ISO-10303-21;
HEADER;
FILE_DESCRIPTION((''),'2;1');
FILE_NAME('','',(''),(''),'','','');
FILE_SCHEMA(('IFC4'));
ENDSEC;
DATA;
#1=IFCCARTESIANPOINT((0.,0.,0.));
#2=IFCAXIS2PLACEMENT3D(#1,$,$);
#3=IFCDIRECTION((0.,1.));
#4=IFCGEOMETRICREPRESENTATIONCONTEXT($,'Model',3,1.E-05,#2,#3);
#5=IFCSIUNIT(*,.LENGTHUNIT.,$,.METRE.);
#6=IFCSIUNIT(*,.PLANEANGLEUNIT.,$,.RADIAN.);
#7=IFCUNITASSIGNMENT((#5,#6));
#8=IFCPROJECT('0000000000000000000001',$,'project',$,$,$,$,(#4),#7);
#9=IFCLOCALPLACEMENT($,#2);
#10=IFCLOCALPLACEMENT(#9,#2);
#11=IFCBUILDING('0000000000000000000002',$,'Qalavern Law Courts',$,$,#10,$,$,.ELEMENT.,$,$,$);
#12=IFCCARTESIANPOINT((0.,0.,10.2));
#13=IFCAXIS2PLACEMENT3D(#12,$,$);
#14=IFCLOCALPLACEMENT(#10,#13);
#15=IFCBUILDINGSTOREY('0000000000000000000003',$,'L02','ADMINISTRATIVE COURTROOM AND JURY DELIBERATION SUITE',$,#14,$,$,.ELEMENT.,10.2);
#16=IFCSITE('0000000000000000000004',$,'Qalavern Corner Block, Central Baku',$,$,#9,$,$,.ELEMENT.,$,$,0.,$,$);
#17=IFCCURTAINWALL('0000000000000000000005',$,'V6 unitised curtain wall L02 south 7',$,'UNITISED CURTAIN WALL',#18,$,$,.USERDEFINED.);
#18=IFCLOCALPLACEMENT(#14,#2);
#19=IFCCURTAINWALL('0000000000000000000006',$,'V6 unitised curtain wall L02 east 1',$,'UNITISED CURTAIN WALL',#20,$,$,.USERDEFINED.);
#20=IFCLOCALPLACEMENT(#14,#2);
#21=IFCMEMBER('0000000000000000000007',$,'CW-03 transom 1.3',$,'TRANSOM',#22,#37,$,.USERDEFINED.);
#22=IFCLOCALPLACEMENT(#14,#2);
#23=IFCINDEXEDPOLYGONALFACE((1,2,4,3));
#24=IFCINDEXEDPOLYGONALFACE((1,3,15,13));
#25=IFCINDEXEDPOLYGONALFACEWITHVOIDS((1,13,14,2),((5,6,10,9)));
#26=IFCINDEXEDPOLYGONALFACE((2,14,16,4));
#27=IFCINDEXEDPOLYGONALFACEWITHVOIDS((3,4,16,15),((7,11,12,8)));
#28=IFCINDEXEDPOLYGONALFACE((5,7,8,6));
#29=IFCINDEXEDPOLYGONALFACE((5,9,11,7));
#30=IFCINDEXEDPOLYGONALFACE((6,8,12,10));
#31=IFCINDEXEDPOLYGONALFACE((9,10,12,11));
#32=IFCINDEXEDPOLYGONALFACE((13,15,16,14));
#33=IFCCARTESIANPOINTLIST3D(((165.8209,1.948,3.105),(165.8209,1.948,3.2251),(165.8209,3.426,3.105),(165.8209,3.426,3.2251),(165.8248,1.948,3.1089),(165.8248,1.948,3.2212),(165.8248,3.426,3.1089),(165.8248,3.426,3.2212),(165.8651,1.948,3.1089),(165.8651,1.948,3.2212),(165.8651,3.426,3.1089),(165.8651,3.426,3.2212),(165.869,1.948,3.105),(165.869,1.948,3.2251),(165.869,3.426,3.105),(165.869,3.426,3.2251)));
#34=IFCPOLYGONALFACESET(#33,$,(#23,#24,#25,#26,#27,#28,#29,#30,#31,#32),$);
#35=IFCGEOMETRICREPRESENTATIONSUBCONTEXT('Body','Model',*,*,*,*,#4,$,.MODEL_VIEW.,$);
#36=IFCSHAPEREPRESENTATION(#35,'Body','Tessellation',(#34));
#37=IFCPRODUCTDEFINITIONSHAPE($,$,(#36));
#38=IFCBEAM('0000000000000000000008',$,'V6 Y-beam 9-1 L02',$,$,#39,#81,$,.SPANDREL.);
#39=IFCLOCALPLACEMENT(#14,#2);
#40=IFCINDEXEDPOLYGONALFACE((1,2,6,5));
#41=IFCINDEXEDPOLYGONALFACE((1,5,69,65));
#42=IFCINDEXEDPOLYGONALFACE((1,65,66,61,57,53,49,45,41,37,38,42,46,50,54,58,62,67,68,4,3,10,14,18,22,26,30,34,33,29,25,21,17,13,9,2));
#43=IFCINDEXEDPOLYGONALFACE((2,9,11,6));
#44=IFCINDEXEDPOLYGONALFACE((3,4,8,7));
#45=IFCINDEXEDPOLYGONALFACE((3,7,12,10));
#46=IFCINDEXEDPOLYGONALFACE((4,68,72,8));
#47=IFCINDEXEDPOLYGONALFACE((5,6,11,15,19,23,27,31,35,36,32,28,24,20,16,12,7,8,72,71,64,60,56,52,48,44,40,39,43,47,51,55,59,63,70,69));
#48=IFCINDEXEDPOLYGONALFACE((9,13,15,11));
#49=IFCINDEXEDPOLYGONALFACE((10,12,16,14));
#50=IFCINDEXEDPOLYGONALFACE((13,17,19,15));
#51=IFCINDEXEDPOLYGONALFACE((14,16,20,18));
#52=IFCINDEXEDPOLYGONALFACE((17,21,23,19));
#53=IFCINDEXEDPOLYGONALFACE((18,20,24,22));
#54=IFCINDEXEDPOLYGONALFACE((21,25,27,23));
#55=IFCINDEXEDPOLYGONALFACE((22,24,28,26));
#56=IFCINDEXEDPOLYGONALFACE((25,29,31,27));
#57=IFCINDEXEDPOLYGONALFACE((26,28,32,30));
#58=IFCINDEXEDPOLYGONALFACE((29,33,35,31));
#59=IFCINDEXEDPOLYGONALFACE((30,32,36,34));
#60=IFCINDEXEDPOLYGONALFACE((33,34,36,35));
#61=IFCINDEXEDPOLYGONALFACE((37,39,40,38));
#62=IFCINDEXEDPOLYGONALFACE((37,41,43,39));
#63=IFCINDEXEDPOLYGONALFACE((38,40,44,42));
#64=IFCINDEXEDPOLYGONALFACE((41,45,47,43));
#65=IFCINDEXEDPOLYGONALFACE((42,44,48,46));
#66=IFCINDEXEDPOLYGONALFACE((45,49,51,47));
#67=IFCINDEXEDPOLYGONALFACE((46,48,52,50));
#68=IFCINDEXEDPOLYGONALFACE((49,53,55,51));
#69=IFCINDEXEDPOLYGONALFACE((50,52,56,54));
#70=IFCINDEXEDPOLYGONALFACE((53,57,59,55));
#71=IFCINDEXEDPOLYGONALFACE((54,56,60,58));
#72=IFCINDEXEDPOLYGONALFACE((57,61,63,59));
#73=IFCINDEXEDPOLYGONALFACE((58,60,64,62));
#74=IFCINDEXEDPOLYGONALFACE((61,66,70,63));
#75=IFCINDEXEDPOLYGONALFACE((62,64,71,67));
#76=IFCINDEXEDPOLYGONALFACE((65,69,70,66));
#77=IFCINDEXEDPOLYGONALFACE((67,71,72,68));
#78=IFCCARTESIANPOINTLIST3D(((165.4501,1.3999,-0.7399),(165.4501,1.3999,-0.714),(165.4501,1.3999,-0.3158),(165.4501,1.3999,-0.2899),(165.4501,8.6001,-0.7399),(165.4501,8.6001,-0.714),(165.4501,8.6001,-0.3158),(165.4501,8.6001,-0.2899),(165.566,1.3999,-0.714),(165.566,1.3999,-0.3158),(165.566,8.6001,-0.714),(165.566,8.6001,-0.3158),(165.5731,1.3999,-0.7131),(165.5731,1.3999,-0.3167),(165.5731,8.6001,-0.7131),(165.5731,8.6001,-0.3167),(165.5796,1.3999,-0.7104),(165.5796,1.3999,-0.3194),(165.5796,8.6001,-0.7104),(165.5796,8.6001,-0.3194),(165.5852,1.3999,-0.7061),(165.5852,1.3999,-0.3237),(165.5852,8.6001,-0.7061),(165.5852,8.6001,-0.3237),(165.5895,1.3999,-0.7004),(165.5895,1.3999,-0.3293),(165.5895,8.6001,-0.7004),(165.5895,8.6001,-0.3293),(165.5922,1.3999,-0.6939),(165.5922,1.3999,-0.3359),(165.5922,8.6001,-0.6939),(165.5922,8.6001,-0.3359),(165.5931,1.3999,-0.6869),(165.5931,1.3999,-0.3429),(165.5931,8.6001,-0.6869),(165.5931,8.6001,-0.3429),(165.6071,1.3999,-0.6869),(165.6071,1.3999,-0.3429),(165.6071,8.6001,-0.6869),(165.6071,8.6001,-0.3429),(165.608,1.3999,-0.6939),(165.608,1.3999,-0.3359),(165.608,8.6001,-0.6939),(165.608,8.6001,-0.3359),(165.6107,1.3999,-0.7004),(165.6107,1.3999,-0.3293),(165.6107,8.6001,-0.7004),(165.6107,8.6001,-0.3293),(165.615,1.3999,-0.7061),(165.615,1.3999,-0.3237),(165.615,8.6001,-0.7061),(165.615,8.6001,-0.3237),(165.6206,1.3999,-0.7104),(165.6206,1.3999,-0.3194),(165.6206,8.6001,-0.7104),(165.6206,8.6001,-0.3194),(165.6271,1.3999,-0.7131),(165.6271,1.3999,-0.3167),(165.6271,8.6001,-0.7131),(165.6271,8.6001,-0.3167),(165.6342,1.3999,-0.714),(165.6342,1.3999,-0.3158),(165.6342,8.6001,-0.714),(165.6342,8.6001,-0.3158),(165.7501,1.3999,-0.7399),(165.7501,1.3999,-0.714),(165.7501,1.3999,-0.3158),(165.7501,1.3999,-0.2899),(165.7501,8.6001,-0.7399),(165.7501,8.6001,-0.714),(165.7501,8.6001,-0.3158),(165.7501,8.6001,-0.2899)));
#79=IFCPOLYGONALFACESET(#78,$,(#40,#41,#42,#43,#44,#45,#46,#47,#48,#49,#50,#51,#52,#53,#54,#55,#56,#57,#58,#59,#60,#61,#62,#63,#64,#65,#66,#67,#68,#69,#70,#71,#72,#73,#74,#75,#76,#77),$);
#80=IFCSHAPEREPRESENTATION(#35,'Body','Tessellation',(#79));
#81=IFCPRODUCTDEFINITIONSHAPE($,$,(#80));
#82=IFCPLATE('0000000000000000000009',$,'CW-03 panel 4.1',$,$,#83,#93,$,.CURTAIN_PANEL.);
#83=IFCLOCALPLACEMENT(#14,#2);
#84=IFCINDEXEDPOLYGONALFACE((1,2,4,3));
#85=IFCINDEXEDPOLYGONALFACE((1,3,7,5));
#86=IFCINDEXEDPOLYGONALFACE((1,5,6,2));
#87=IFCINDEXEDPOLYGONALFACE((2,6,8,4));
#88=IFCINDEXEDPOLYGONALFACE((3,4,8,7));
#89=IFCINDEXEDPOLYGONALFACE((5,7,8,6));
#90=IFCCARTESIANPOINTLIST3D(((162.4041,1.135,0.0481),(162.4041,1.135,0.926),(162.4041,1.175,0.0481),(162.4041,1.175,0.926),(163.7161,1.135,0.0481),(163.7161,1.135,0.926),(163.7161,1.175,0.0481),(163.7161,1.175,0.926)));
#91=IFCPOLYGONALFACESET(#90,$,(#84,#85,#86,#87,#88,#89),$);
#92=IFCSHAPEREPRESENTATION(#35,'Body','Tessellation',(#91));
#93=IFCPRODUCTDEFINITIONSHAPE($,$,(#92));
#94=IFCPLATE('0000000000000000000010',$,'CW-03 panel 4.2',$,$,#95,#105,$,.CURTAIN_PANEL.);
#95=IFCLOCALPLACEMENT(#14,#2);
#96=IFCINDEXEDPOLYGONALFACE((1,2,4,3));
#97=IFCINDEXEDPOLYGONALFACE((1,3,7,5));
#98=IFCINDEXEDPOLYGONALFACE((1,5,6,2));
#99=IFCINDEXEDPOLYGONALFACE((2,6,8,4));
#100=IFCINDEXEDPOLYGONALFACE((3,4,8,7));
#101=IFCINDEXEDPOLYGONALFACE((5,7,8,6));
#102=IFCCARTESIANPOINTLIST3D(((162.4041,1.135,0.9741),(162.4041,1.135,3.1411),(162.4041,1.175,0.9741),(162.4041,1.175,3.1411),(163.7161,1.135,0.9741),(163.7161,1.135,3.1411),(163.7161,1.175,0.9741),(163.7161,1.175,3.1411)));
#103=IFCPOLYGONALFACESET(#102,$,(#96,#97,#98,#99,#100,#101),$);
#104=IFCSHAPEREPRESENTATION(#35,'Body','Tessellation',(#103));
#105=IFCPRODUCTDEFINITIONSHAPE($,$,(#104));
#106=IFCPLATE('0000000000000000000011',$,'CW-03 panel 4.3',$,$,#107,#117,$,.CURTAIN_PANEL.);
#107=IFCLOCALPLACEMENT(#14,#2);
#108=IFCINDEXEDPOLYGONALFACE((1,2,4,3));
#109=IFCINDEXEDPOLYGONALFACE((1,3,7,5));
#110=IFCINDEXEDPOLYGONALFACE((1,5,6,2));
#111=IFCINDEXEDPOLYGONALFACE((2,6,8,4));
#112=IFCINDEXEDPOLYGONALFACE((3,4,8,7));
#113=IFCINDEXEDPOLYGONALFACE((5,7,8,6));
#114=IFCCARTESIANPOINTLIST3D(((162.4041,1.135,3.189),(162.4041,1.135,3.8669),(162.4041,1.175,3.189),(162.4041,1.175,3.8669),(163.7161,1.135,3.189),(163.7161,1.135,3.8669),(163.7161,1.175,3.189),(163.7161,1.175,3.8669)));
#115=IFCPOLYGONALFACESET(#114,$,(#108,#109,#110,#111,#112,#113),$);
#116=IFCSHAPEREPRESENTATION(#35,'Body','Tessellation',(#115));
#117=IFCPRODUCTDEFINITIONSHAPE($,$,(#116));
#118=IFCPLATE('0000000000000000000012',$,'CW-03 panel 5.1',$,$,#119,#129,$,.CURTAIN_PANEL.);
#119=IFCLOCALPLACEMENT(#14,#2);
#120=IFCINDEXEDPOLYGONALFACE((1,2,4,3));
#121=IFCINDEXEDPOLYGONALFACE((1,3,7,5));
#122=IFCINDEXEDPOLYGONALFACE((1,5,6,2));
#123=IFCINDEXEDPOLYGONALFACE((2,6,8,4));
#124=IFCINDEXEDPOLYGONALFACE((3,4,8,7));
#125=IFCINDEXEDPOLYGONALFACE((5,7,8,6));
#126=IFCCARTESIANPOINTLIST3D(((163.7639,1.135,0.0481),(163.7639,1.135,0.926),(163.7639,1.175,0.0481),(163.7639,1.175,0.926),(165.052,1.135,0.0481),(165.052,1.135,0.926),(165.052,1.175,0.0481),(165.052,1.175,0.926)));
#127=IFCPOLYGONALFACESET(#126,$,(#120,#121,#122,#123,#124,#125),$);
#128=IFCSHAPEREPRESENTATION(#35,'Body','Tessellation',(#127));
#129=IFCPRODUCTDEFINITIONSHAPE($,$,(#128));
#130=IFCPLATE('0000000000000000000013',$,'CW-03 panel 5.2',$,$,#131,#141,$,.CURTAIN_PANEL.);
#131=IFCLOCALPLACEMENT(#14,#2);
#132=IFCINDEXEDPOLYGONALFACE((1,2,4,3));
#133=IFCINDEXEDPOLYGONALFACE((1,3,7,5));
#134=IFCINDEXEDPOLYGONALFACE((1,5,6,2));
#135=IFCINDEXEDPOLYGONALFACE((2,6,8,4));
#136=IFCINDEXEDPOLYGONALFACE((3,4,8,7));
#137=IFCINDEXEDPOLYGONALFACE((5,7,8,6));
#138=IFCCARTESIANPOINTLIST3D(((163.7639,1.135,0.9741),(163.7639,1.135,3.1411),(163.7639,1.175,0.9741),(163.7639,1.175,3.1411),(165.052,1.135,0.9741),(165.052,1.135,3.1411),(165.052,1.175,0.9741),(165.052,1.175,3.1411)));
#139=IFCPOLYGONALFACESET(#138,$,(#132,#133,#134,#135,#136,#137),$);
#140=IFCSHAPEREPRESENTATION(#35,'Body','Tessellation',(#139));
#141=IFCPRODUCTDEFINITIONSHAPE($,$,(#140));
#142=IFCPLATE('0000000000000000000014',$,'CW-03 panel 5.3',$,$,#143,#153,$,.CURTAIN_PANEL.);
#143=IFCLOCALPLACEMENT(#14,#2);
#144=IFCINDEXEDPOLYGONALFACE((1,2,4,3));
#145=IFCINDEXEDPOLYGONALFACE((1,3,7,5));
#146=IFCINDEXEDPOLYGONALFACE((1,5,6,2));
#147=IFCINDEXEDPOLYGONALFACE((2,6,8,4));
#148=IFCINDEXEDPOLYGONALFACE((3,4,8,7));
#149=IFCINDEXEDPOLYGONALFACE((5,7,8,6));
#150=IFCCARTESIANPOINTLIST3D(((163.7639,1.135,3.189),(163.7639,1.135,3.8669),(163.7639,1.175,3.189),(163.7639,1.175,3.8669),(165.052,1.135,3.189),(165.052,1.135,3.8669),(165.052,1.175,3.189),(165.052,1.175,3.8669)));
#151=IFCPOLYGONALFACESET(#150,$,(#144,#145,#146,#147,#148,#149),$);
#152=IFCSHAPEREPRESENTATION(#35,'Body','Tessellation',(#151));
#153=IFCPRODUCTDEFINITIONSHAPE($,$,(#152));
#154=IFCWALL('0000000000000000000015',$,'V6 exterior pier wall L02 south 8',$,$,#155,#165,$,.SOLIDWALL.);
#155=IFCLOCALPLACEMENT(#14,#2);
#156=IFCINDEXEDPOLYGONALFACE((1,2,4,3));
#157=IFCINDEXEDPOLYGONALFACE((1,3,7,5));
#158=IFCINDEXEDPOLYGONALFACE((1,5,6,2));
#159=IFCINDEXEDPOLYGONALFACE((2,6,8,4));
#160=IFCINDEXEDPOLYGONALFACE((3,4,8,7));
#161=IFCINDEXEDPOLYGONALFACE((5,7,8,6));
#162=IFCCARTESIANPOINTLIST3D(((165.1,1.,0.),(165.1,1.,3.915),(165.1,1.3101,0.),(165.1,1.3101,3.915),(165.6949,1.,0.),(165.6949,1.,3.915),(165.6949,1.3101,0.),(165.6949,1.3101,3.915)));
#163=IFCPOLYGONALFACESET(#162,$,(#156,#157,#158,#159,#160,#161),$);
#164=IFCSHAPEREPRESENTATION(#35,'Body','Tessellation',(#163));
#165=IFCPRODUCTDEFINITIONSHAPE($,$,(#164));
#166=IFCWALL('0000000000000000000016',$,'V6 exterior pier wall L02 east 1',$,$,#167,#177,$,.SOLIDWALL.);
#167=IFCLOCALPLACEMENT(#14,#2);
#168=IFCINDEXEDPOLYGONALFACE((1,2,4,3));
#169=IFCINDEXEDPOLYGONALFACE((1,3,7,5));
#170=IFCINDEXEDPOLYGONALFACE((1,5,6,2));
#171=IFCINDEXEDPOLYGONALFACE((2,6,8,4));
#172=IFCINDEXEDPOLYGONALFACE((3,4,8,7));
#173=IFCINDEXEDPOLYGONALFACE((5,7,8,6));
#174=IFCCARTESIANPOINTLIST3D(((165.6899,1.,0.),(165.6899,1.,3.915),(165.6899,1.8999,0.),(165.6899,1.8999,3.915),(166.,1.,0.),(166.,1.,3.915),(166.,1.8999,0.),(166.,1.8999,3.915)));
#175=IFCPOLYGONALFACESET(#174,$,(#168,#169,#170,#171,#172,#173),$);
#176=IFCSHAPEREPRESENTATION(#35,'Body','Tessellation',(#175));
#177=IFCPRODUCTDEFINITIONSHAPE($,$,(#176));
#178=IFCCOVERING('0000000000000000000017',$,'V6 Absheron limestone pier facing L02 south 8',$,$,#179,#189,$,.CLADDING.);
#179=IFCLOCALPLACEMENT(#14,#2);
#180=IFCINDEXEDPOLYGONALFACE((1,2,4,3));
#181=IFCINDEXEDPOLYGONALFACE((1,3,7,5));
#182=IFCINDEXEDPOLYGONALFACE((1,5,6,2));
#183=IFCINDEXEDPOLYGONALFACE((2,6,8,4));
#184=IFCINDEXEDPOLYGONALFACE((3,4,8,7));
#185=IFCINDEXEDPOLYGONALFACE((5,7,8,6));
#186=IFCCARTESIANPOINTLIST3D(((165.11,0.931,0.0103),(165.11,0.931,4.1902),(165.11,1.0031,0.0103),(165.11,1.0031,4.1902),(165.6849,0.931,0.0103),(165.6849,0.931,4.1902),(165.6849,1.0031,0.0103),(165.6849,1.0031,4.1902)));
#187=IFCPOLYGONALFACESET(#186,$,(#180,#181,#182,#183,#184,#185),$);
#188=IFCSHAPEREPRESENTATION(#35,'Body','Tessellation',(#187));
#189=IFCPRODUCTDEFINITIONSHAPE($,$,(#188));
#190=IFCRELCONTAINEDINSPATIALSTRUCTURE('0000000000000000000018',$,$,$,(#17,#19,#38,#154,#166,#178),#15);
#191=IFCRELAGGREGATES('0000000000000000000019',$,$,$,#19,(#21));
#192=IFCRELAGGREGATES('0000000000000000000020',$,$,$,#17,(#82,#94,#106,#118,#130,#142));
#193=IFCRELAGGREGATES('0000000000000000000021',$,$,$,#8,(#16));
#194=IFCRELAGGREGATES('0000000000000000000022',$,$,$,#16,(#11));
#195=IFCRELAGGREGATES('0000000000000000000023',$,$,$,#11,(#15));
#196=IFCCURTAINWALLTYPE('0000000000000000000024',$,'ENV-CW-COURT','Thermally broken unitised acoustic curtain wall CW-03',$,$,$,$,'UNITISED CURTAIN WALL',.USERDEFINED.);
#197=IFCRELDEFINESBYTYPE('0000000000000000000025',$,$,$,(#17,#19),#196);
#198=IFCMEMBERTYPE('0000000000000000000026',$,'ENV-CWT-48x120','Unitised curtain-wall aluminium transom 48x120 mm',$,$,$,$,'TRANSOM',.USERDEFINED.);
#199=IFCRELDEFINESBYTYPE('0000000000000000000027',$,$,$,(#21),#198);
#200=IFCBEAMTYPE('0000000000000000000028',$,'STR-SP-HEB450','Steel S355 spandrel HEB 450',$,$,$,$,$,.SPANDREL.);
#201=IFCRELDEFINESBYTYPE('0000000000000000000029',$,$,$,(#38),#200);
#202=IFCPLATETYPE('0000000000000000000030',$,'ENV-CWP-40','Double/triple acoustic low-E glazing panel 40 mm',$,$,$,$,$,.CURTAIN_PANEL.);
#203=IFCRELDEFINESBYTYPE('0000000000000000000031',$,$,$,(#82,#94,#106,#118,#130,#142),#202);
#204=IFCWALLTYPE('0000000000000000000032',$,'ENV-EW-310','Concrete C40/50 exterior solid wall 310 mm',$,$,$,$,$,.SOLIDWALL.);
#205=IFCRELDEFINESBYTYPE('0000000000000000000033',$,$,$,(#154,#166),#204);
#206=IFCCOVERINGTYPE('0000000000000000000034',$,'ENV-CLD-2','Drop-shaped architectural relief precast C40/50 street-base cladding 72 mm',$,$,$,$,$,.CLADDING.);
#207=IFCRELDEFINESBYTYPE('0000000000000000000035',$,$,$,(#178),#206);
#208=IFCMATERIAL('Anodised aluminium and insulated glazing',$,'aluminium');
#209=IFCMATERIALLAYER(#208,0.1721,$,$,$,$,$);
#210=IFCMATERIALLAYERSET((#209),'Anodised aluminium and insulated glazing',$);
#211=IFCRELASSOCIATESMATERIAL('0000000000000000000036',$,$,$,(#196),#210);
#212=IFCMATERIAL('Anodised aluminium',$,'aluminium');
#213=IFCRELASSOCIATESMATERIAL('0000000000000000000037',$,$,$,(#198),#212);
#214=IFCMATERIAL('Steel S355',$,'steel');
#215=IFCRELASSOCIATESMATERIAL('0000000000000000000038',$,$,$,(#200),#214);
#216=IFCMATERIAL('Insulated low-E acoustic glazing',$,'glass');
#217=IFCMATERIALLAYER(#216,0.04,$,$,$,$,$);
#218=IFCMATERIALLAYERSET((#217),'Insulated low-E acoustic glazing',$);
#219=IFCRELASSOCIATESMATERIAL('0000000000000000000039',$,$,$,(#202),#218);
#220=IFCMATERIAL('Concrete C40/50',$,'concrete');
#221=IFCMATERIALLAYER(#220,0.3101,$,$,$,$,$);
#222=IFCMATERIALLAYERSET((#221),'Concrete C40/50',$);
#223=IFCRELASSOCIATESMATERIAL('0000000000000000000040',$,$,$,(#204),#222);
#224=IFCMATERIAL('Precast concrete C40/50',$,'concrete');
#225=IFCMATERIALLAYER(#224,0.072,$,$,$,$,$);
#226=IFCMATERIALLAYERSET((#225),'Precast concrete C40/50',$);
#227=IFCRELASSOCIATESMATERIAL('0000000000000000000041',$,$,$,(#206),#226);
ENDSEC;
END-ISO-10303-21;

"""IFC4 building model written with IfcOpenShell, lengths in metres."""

from ifc_helpers import new_model, si_unit, direction, frame, frame_2d, origin, origin_2d, place, context, subcontext, project, spatial, rectangle, hollow_rectangle, i_section, extrude, material, layer, layer_set, material_profile, profile_set, type_object, element, aggregate, save


model = new_model("IFC4")

# Units and contexts
model_context = context("Model", 3, precision=1e-05, world=origin(), true_north=direction((0.0, 1.0)))
body_context = subcontext(model_context, "Body", "Model", "MODEL_VIEW")
ifc_project = project(units=[si_unit("LENGTHUNIT", "METRE"), si_unit("PLANEANGLEUNIT", "RADIAN")], contexts=[model_context])

# Site, building, storey
site_placement = place(None, origin())
site = spatial("IfcSite", under=ifc_project, at=site_placement, Name="Qalavern Corner Block, Central Baku", CompositionType="ELEMENT", RefElevation=0.0)
building_placement = place(site_placement, origin())
building = spatial("IfcBuilding", under=site, at=building_placement, Name="Qalavern Law Courts", CompositionType="ELEMENT")
storey_placement = place(building_placement, frame((0.0, 0.0, 10.2)))
storey = spatial("IfcBuildingStorey", under=building, at=storey_placement, Name="L02", Description="ADMINISTRATIVE COURTROOM AND JURY DELIBERATION SUITE", CompositionType="ELEMENT", Elevation=10.2)

# Curtain wall
ifc_material_1 = material(Name="Anodised aluminium and insulated glazing", Category="aluminium")
ifc_layer_1 = layer(ifc_material_1, 0.1721)
ifc_layer_set_1 = layer_set([ifc_layer_1], Name="Anodised aluminium and insulated glazing")
curtain_wall_type = type_object("IfcCurtainWallType", Name="ENV-CW-COURT", Description="Thermally broken unitised acoustic curtain wall CW-03", ElementType="UNITISED CURTAIN WALL", PredefinedType="USERDEFINED", material=ifc_layer_set_1)
curtain_wall_1_placement = place(storey_placement, origin())
curtain_wall_1 = element("IfcCurtainWall", 1, at=curtain_wall_1_placement, inside=storey, type_object=curtain_wall_type, Name="V6 unitised curtain wall L02 south 7", ObjectType="UNITISED CURTAIN WALL", PredefinedType="USERDEFINED")
ifc_material_2 = material(Name="Anodised aluminium", Category="aluminium")

# Curtain wall
curtain_wall_2_placement = place(storey_placement, origin())
curtain_wall_2 = element("IfcCurtainWall", 2, at=curtain_wall_2_placement, inside=storey, type_object=curtain_wall_type, Name="V6 unitised curtain wall L02 east 1", ObjectType="UNITISED CURTAIN WALL", PredefinedType="USERDEFINED")

# Member
ifc_material_profile_1 = material_profile(ifc_material_2, hollow_rectangle(XDim=0.0481, YDim=0.1201, WallThickness=0.0039, at=origin_2d()), Name="ALU TRANSOM 48x120")
ifc_profile_set_1 = profile_set([ifc_material_profile_1], Name="Anodised aluminium")
member_type_1 = type_object("IfcMemberType", Name="ENV-CWT-48x120", Description="Unitised curtain-wall aluminium transom 48x120 mm", ElementType="TRANSOM", PredefinedType="USERDEFINED", material=ifc_profile_set_1)
member_1_placement = place(storey_placement, frame((165.845, 1.948, 3.165), z_axis=(0.0, 1.0, 0.0), x_axis=(-1.0, 0.0, 0.0)))
member_1 = element("IfcMember", 3, at=member_1_placement, type_object=member_type_1, Name="CW-03 transom 1.3", ObjectType="TRANSOM", PredefinedType="USERDEFINED", context=body_context, shape_type="SweptSolid", body=[
    extrude(hollow_rectangle(XDim=0.0481, YDim=0.1201, WallThickness=0.0039, at=origin_2d()), origin(), (0.0, 0.0, 1.0), 1.478),
])
aggregate(curtain_wall_2, [member_1])

# Beam
ifc_material_3 = material(Name="Steel S355", Category="steel")
ifc_material_profile_2 = material_profile(ifc_material_3, i_section(OverallWidth=0.3, OverallDepth=0.45, WebThickness=0.0139, FlangeThickness=0.0259, FilletRadius=0.0271, at=origin_2d()), Name="HEB 450")
ifc_profile_set_2 = profile_set([ifc_material_profile_2], Name="Steel S355")
beam_type = type_object("IfcBeamType", Name="STR-SP-HEB450", Description="Steel S355 spandrel HEB 450", PredefinedType="SPANDREL", material=ifc_profile_set_2)
beam_placement = place(storey_placement, frame((165.6001, 1.3999, -0.5149), z_axis=(0.0, 1.0, 0.0), x_axis=(-1.0, 0.0, 0.0)))
element("IfcBeam", 4, at=beam_placement, inside=storey, type_object=beam_type, Name="V6 Y-beam 9-1 L02", PredefinedType="SPANDREL", context=body_context, shape_type="SweptSolid", body=[
    extrude(i_section(OverallWidth=0.3, OverallDepth=0.45, WebThickness=0.0139, FlangeThickness=0.0259, FilletRadius=0.0271, at=origin_2d()), origin(), (0.0, 0.0, 1.0), 7.2002),
])

# Plates
ifc_material_4 = material(Name="Insulated low-E acoustic glazing", Category="glass")
ifc_layer_2 = layer(ifc_material_4, 0.04)
ifc_layer_set_2 = layer_set([ifc_layer_2], Name="Insulated low-E acoustic glazing")
plate_type = type_object("IfcPlateType", Name="ENV-CWP-40", Description="Double/triple acoustic low-E glazing panel 40 mm", PredefinedType="CURTAIN_PANEL", material=ifc_layer_set_2)
plate_1_placement = place(storey_placement, frame((163.0601, 1.155, 0.0481), z_axis=(0.0, 0.0, 1.0), x_axis=(1.0, 0.0, 0.0)))
plate_1 = element("IfcPlate", 5, at=plate_1_placement, type_object=plate_type, Name="CW-03 panel 4.1", PredefinedType="CURTAIN_PANEL", context=body_context, shape_type="SweptSolid", body=[
    extrude(rectangle(XDim=1.312, YDim=0.04, at=origin_2d()), origin(), (0.0, 0.0, 1.0), 0.8779),
])
plate_2_placement = place(storey_placement, frame((163.0601, 1.155, 0.9741), z_axis=(0.0, 0.0, 1.0), x_axis=(1.0, 0.0, 0.0)))
plate_2 = element("IfcPlate", 6, at=plate_2_placement, type_object=plate_type, Name="CW-03 panel 4.2", PredefinedType="CURTAIN_PANEL", context=body_context, shape_type="SweptSolid", body=[
    extrude(rectangle(XDim=1.312, YDim=0.04, at=origin_2d()), origin(), (0.0, 0.0, 1.0), 2.167),
])
plate_3_placement = place(storey_placement, frame((163.0601, 1.155, 3.189), z_axis=(0.0, 0.0, 1.0), x_axis=(1.0, 0.0, 0.0)))
plate_3 = element("IfcPlate", 7, at=plate_3_placement, type_object=plate_type, Name="CW-03 panel 4.3", PredefinedType="CURTAIN_PANEL", context=body_context, shape_type="SweptSolid", body=[
    extrude(rectangle(XDim=1.312, YDim=0.04, at=origin_2d()), origin(), (0.0, 0.0, 1.0), 0.678),
])
plate_4_placement = place(storey_placement, frame((164.408, 1.155, 0.0481), z_axis=(0.0, 0.0, 1.0), x_axis=(1.0, 0.0, 0.0)))
plate_4 = element("IfcPlate", 8, at=plate_4_placement, type_object=plate_type, Name="CW-03 panel 5.1", PredefinedType="CURTAIN_PANEL", context=body_context, shape_type="SweptSolid", body=[
    extrude(rectangle(XDim=1.2881, YDim=0.04, at=origin_2d()), origin(), (0.0, 0.0, 1.0), 0.8779),
])
plate_5_placement = place(storey_placement, frame((164.408, 1.155, 0.9741), z_axis=(0.0, 0.0, 1.0), x_axis=(1.0, 0.0, 0.0)))
plate_5 = element("IfcPlate", 9, at=plate_5_placement, type_object=plate_type, Name="CW-03 panel 5.2", PredefinedType="CURTAIN_PANEL", context=body_context, shape_type="SweptSolid", body=[
    extrude(rectangle(XDim=1.2881, YDim=0.04, at=origin_2d()), origin(), (0.0, 0.0, 1.0), 2.167),
])
plate_6_placement = place(storey_placement, frame((164.408, 1.155, 3.189), z_axis=(0.0, 0.0, 1.0), x_axis=(1.0, 0.0, 0.0)))
plate_6 = element("IfcPlate", 10, at=plate_6_placement, type_object=plate_type, Name="CW-03 panel 5.3", PredefinedType="CURTAIN_PANEL", context=body_context, shape_type="SweptSolid", body=[
    extrude(rectangle(XDim=1.2881, YDim=0.04, at=origin_2d()), origin(), (0.0, 0.0, 1.0), 0.678),
])
aggregate(curtain_wall_1, [plate_1, plate_2, plate_3, plate_4, plate_5, plate_6])

# Walls
ifc_material_5 = material(Name="Concrete C40/50", Category="concrete")
ifc_layer_3 = layer(ifc_material_5, 0.3101)
ifc_layer_set_3 = layer_set([ifc_layer_3], Name="Concrete C40/50")
wall_type = type_object("IfcWallType", Name="ENV-EW-310", Description="Concrete C40/50 exterior solid wall 310 mm", PredefinedType="SOLIDWALL", material=ifc_layer_set_3)
wall_1_placement = place(storey_placement, frame((165.1001, 1.155, 0.0), z_axis=(0.0, 0.0, 1.0), x_axis=(1.0, 0.0, 0.0)))
element("IfcWall", 11, at=wall_1_placement, inside=storey, type_object=wall_type, Name="V6 exterior pier wall L02 south 8", PredefinedType="SOLIDWALL", context=body_context, shape_type="SweptSolid", body=[
    extrude(rectangle(XDim=0.595, YDim=0.3101, at=frame_2d((0.2974, 0.0))), origin(), (0.0, 0.0, 1.0), 3.915),
])
wall_2_placement = place(storey_placement, frame((165.845, 1.0, 0.0), z_axis=(0.0, 0.0, 1.0), x_axis=(0.0, 1.0, 0.0)))
element("IfcWall", 12, at=wall_2_placement, inside=storey, type_object=wall_type, Name="V6 exterior pier wall L02 east 1", PredefinedType="SOLIDWALL", context=body_context, shape_type="SweptSolid", body=[
    extrude(rectangle(XDim=0.8999, YDim=0.3101, at=frame_2d((0.45, 0.0))), origin(), (0.0, 0.0, 1.0), 3.915),
])

# Covering
ifc_material_6 = material(Name="Precast concrete C40/50", Category="concrete")
ifc_layer_4 = layer(ifc_material_6, 0.072)
ifc_layer_set_4 = layer_set([ifc_layer_4], Name="Precast concrete C40/50")
covering_type = type_object("IfcCoveringType", Name="ENV-CLD-2", Description="Drop-shaped architectural relief precast C40/50 street-base cladding 72 mm", PredefinedType="CLADDING", material=ifc_layer_set_4)
covering_1_placement = place(storey_placement, frame((165.3975, 0.967, 0.0103), z_axis=(0.0, 0.0, 1.0), x_axis=(1.0, 0.0, 0.0)))
element("IfcCovering", 13, at=covering_1_placement, inside=storey, type_object=covering_type, Name="V6 Absheron limestone pier facing L02 south 8", PredefinedType="CLADDING", context=body_context, shape_type="SweptSolid", body=[
    extrude(rectangle(XDim=0.575, YDim=0.072, at=origin_2d()), origin(), (0.0, 0.0, 1.0), 4.1799),
])

save(model, "model.ifc")
